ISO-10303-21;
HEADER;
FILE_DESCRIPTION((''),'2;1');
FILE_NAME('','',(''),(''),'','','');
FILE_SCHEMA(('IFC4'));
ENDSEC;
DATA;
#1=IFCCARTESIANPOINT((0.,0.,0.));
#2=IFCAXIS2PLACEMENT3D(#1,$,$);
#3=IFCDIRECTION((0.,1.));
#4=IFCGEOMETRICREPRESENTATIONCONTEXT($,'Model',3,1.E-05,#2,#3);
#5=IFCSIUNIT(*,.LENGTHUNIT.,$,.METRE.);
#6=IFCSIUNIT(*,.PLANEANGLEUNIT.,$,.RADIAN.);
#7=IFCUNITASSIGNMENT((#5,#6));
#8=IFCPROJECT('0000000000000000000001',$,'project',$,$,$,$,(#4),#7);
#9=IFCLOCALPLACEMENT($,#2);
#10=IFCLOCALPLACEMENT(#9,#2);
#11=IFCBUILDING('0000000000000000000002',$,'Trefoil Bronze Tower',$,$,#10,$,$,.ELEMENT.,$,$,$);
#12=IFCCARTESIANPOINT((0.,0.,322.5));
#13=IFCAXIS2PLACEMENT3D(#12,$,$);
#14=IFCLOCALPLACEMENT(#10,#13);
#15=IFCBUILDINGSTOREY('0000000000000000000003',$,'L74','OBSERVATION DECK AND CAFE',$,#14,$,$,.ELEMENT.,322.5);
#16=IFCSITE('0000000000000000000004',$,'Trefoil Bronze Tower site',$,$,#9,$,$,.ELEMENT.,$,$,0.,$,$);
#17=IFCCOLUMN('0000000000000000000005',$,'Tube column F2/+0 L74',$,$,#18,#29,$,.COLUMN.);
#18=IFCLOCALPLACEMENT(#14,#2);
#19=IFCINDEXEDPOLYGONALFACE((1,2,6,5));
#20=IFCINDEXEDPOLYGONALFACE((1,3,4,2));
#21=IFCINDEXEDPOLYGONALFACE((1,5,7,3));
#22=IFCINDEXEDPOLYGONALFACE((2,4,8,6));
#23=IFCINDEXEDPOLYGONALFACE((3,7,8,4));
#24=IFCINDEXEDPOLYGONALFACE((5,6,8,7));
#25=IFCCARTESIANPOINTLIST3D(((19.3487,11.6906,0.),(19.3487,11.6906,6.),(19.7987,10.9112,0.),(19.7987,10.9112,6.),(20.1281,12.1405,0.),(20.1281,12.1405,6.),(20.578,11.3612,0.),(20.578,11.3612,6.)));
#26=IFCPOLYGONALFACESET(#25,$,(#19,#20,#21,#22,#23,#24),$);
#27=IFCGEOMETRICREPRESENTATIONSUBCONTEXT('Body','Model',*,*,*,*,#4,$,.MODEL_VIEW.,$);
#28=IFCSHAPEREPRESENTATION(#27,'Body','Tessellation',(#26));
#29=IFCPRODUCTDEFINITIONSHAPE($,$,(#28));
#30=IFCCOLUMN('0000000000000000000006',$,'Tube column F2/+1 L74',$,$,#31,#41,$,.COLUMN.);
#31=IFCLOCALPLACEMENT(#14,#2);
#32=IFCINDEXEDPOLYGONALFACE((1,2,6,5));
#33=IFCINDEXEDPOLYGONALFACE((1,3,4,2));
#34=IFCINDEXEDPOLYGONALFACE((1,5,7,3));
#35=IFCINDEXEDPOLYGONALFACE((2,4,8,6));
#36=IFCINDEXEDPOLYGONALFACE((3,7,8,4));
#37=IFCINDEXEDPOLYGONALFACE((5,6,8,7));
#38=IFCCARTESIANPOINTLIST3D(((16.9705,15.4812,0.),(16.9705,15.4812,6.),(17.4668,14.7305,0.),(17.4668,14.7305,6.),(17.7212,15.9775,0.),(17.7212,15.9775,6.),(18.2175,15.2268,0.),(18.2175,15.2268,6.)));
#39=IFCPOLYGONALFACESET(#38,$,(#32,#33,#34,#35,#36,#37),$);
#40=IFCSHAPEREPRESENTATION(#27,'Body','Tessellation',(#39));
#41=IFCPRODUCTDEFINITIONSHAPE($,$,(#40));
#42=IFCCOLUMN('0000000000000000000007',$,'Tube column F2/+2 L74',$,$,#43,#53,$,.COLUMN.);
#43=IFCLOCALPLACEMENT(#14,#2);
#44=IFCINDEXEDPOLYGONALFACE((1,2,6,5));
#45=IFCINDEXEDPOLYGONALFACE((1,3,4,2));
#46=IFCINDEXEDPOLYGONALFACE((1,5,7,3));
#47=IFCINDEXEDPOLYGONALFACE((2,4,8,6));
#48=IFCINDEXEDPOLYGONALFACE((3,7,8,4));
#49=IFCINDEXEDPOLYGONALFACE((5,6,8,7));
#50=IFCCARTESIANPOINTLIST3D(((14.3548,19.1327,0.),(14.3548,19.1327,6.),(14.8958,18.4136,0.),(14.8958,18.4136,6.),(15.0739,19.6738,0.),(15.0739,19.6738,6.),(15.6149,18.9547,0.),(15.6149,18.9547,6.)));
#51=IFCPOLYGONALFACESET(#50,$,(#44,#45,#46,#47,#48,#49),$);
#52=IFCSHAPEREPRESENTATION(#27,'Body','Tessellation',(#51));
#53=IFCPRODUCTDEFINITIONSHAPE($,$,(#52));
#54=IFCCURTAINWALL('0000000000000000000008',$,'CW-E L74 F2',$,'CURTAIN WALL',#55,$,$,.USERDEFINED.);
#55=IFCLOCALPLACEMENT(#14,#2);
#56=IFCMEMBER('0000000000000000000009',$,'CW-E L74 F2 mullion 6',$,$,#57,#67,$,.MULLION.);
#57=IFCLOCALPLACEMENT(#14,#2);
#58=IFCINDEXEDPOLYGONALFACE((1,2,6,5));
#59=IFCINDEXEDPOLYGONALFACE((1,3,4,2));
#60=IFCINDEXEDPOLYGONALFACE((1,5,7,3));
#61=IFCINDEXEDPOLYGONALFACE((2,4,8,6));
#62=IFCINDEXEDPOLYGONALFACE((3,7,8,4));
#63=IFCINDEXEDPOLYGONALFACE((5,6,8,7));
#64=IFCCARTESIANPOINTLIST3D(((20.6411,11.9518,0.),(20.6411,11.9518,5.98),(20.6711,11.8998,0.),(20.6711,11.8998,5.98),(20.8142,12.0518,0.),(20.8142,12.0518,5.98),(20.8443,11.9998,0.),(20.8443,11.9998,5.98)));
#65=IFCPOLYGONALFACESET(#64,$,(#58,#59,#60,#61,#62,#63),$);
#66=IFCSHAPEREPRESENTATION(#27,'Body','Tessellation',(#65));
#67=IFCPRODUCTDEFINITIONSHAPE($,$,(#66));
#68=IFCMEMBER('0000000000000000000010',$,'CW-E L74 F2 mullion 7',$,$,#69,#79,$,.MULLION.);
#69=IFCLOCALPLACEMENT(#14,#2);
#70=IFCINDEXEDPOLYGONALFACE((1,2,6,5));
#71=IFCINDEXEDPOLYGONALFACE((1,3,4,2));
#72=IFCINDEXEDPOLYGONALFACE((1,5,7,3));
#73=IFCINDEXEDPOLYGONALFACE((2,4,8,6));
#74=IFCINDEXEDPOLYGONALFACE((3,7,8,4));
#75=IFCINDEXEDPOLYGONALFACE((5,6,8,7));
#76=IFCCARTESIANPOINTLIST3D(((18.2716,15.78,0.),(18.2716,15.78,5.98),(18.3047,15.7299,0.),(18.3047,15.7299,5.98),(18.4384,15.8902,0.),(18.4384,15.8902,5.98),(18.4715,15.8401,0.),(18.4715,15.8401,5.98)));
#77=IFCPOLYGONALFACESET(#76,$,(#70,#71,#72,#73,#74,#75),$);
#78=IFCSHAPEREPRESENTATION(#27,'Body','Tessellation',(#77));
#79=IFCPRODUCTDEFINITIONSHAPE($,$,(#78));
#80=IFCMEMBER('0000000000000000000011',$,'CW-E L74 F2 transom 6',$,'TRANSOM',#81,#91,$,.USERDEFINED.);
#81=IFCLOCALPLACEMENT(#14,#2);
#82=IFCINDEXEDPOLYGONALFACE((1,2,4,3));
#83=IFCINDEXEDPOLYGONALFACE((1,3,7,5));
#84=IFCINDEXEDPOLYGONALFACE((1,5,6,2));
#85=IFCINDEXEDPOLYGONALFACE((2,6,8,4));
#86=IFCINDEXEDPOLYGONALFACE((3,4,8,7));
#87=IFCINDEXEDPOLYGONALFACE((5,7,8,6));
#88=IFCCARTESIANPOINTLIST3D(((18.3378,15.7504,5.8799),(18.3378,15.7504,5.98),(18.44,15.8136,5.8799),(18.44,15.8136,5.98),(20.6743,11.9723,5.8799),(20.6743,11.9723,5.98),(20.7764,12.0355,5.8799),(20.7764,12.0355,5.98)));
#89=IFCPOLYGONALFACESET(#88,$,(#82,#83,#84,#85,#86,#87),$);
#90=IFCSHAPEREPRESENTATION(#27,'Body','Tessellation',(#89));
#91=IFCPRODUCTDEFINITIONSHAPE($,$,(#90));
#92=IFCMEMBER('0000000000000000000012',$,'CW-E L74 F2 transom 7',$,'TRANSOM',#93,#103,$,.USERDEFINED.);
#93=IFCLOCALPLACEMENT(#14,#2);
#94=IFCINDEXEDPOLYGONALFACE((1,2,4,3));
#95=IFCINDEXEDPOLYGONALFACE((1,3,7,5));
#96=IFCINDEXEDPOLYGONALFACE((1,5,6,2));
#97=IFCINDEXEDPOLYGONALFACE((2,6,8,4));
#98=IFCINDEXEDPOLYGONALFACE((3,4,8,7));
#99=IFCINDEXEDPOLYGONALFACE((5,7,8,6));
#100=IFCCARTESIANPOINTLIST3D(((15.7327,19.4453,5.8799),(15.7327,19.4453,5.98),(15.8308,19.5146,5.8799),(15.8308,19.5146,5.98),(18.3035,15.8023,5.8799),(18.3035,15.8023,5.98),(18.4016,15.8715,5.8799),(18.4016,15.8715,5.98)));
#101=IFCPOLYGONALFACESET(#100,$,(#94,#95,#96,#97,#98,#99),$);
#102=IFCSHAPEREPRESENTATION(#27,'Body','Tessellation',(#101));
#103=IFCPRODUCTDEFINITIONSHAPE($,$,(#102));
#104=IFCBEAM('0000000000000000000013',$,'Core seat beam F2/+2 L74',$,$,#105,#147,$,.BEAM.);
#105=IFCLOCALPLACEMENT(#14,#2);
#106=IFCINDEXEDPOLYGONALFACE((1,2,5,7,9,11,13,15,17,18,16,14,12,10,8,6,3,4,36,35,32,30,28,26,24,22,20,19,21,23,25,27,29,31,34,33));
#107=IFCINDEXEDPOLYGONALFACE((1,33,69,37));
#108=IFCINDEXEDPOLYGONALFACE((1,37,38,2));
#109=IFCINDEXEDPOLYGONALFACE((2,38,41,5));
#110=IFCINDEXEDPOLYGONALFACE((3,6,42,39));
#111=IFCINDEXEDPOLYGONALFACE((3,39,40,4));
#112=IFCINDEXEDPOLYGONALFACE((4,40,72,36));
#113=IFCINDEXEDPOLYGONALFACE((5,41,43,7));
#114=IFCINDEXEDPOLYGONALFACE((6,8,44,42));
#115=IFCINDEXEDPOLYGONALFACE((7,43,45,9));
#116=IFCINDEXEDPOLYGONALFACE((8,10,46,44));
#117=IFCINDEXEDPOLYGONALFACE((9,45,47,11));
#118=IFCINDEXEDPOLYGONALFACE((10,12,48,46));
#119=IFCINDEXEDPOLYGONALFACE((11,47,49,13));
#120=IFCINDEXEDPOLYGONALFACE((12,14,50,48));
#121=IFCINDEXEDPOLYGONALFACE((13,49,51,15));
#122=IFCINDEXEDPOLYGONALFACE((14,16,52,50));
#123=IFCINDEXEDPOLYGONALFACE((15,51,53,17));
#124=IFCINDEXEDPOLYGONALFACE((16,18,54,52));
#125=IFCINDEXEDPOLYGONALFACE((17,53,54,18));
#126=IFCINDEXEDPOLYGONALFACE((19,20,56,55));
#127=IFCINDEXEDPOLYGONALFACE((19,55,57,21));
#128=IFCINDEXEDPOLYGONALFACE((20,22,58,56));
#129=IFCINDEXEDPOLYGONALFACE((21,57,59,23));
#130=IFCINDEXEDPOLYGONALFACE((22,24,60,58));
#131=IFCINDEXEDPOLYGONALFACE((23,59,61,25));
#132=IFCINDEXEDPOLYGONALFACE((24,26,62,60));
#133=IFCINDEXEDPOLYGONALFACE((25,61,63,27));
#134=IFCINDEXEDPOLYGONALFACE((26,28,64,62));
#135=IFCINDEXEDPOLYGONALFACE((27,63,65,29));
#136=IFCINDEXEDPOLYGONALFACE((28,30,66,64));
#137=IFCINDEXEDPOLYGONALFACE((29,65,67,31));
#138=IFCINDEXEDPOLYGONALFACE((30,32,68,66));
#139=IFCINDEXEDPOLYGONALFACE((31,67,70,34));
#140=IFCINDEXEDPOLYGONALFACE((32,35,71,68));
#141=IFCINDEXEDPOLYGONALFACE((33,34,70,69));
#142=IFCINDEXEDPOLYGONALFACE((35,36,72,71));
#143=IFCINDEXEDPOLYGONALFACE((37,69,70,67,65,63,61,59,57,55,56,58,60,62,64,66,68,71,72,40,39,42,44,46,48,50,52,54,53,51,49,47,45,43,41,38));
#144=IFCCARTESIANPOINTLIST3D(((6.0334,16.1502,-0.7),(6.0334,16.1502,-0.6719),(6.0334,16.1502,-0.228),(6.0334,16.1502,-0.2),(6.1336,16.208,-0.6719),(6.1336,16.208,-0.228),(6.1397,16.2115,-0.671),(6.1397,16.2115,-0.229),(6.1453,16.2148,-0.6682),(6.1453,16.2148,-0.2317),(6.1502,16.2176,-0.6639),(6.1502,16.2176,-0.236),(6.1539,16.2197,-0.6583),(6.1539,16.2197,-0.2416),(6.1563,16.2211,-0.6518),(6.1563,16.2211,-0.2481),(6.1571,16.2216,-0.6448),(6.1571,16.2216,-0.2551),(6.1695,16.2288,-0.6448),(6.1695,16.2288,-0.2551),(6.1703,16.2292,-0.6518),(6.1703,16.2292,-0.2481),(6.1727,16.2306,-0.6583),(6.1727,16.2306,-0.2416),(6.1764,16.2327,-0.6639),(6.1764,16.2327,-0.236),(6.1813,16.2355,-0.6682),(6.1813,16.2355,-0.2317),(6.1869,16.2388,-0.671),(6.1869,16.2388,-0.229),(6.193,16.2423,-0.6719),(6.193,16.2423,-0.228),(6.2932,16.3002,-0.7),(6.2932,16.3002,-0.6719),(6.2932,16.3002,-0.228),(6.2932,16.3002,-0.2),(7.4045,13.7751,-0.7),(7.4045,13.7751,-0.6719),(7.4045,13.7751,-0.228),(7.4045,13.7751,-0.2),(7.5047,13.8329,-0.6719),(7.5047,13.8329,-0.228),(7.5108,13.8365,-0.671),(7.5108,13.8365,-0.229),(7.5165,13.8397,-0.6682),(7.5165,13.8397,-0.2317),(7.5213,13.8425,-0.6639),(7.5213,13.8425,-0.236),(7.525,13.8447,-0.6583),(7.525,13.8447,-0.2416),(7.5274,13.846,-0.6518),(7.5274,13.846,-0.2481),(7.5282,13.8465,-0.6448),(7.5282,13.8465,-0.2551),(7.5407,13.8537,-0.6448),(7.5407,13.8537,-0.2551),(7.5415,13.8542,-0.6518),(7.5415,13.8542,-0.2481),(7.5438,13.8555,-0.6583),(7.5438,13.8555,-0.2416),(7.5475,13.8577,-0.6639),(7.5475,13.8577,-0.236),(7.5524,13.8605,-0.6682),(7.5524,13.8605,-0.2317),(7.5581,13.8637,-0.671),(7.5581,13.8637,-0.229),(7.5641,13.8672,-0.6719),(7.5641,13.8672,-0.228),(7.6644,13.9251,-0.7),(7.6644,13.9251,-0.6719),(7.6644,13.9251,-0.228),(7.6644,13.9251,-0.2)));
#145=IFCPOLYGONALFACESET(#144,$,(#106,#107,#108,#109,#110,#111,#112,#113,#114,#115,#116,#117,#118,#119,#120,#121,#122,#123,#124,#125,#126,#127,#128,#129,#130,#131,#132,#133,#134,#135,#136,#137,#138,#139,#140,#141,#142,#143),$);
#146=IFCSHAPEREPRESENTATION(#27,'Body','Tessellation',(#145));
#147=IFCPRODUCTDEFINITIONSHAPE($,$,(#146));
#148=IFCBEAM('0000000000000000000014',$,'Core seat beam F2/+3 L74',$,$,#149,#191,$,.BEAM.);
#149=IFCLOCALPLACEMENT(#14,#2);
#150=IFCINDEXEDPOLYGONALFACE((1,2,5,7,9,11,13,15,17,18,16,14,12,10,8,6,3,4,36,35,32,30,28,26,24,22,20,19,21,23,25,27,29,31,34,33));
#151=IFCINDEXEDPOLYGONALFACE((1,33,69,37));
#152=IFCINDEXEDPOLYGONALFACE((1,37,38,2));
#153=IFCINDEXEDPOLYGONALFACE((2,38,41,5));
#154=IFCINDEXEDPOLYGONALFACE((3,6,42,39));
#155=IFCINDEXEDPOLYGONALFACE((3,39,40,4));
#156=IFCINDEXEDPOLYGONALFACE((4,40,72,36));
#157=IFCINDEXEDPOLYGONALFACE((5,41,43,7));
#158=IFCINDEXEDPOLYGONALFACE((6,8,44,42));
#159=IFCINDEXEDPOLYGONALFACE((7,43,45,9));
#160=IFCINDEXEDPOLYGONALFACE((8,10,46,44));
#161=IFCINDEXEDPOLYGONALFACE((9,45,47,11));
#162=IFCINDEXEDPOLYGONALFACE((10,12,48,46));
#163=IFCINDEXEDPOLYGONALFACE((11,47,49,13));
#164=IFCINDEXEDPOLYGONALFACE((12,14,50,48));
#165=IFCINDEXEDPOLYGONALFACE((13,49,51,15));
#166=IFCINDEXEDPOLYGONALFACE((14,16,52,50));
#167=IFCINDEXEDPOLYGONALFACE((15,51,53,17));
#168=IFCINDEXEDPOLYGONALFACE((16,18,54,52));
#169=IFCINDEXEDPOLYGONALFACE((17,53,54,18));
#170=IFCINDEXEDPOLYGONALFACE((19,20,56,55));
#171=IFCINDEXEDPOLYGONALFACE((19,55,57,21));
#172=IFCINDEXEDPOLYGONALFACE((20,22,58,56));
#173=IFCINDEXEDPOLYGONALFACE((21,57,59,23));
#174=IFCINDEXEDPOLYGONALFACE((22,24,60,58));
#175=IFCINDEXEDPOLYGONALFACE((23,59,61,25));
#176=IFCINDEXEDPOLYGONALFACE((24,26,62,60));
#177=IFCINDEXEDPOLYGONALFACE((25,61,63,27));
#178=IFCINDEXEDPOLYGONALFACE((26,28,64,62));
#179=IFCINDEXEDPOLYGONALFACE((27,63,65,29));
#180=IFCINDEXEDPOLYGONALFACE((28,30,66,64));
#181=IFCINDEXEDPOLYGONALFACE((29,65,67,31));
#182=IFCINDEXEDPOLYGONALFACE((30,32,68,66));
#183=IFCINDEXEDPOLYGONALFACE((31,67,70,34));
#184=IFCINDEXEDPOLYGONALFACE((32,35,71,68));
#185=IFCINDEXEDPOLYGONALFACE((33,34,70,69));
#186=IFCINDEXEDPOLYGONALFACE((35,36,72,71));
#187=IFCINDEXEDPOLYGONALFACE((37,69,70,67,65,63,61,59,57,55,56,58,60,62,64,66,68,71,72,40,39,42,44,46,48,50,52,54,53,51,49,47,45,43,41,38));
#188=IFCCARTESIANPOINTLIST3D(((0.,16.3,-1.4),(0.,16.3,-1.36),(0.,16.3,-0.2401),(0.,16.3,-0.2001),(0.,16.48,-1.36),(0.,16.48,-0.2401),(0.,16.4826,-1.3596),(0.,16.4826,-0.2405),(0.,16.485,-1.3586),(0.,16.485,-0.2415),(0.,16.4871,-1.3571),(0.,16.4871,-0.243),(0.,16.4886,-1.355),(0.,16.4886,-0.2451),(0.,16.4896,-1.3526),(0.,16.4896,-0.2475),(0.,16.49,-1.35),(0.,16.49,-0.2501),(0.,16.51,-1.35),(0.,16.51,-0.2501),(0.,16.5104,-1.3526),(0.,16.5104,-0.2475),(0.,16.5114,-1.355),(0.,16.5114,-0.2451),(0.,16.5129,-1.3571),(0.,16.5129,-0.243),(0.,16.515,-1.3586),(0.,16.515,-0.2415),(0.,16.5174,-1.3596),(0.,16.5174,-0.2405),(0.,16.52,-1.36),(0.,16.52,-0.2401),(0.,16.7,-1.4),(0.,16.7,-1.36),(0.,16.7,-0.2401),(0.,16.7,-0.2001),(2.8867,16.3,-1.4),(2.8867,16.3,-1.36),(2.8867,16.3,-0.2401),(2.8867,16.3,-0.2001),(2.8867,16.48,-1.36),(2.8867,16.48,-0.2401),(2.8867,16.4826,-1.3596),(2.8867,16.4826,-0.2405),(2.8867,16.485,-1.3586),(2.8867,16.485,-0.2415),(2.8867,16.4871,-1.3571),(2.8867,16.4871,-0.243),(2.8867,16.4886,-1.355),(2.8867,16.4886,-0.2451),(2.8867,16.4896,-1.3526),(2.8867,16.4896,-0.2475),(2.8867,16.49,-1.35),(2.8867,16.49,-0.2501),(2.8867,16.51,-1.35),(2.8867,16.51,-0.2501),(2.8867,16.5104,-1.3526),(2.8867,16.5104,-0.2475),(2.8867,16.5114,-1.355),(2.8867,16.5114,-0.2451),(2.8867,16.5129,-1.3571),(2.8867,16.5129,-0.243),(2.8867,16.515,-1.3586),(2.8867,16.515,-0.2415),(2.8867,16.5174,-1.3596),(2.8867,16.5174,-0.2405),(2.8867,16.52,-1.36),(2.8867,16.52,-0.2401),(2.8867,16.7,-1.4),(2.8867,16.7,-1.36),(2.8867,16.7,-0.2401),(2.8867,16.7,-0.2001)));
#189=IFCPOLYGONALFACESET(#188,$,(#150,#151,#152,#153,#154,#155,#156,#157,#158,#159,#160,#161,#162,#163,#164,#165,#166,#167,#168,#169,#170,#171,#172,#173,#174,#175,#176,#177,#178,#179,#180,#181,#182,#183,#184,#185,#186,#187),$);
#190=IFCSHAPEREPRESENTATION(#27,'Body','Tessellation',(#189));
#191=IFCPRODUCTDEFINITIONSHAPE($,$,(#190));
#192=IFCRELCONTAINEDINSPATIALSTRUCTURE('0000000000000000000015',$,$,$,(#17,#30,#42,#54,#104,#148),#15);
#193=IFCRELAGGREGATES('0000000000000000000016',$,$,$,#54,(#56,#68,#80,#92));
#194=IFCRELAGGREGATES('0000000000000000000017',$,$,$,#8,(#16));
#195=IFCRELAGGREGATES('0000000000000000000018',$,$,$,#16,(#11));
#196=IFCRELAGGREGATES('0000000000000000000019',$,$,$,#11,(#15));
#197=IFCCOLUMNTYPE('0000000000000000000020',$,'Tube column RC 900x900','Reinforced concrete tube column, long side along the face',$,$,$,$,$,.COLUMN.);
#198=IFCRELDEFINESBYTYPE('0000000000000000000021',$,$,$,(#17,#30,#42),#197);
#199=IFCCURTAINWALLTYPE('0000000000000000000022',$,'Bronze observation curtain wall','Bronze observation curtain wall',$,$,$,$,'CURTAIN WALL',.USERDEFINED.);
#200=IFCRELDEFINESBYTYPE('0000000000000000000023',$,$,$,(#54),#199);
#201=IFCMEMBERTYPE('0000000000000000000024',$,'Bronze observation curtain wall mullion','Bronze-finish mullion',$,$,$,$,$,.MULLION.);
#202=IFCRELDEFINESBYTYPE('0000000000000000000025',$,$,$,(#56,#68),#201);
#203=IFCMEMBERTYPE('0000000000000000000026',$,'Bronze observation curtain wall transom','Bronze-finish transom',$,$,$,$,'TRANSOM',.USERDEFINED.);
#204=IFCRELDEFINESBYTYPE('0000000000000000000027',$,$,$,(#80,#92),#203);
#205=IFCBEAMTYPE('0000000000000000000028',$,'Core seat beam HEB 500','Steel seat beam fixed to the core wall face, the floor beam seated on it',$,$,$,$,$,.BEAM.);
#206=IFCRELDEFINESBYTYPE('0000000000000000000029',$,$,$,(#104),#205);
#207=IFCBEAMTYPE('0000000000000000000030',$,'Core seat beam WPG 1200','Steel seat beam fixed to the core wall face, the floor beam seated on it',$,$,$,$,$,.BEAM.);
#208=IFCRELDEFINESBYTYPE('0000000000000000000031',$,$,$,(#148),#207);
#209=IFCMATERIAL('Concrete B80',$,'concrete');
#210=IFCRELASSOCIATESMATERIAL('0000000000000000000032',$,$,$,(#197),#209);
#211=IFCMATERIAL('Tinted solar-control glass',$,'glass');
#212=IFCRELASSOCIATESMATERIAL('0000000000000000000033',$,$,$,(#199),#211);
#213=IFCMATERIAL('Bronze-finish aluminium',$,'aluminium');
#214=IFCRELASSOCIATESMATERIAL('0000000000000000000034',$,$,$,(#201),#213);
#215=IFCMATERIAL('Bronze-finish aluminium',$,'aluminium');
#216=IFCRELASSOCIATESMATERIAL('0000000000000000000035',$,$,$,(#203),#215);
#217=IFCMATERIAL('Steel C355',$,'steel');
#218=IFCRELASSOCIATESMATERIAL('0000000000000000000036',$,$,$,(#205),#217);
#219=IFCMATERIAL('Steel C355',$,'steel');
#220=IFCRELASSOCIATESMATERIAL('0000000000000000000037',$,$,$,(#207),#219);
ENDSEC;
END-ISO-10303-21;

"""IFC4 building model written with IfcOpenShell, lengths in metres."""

from ifc_helpers import new_model, si_unit, direction, frame, origin, origin_2d, place, context, subcontext, project, spatial, rectangle, i_section, extrude, material, material_profile, profile_set, type_object, element, aggregate, save


model = new_model("IFC4")

# Units and contexts
model_context = context("Model", 3, precision=1e-05, world=origin(), true_north=direction((0.0, 1.0)))
body_context = subcontext(model_context, "Body", "Model", "MODEL_VIEW")
ifc_project = project(units=[si_unit("LENGTHUNIT", "METRE"), si_unit("PLANEANGLEUNIT", "RADIAN")], contexts=[model_context])

# Site, building, storey
site_placement = place(None, origin())
site = spatial("IfcSite", under=ifc_project, at=site_placement, Name="Trefoil Bronze Tower site", CompositionType="ELEMENT", RefElevation=0.0)
building_placement = place(site_placement, origin())
building = spatial("IfcBuilding", under=site, at=building_placement, Name="Trefoil Bronze Tower", CompositionType="ELEMENT")
storey_placement = place(building_placement, frame((0.0, 0.0, 322.5)))
storey = spatial("IfcBuildingStorey", under=building, at=storey_placement, Name="L74", Description="OBSERVATION DECK AND CAFE", CompositionType="ELEMENT", Elevation=322.5)

# Columns
ifc_material_1 = material(Name="Concrete B80", Category="concrete")
ifc_material_profile_1 = material_profile(ifc_material_1, rectangle(XDim=0.8999, YDim=0.8999, at=origin_2d()), Name="RC 900x900")
ifc_profile_set_1 = profile_set([ifc_material_profile_1], Name="Concrete B80")
column_type = type_object("IfcColumnType", Name="Tube column RC 900x900", Description="Reinforced concrete tube column, long side along the face", PredefinedType="COLUMN", material=ifc_profile_set_1)
for number, where, z_axis, x_axis, name in (
    (1, (19.9634, 11.5259, 0.0), (0.0, 0.0, 1.0), (-0.5, 0.866025, 0.0), "Tube column F2/+0 L74"),
    (2, (17.594, 15.354, 0.0), (0.0, 0.0, 1.0), (-0.551524, 0.834159, 0.0), "Tube column F2/+1 L74"),
    (3, (14.9849, 19.0437, 0.0), (0.0, 0.0, 1.0), (-0.601203, 0.799096, 0.0), "Tube column F2/+2 L74"),
):
    element("IfcColumn", number, at=place(storey_placement, frame(where, z_axis=z_axis, x_axis=x_axis)), inside=storey, type_object=column_type, Name=name, PredefinedType="COLUMN", context=body_context, shape_type="SweptSolid", body=[
        extrude(rectangle(XDim=0.8999, YDim=0.8999, at=origin_2d()), origin(), (0.0, 0.0, 1.0), 6.0),
    ])

# Curtain wall, members
ifc_material_2 = material(Name="Tinted solar-control glass", Category="glass")
curtain_wall_type = type_object("IfcCurtainWallType", Name="Bronze observation curtain wall", Description="Bronze observation curtain wall", ElementType="CURTAIN WALL", PredefinedType="USERDEFINED", material=ifc_material_2)
curtain_wall_placement = place(storey_placement, origin())
curtain_wall = element("IfcCurtainWall", 4, at=curtain_wall_placement, inside=storey, type_object=curtain_wall_type, Name="CW-E L74 F2", ObjectType="CURTAIN WALL", PredefinedType="USERDEFINED")
ifc_material_3 = material(Name="Bronze-finish aluminium", Category="aluminium")
ifc_material_profile_2 = material_profile(ifc_material_3, rectangle(XDim=0.2, YDim=0.0601, at=origin_2d()), Name="CW-E mullion")
ifc_profile_set_2 = profile_set([ifc_material_profile_2], Name="Bronze-finish aluminium")
member_type_1 = type_object("IfcMemberType", Name="Bronze observation curtain wall mullion", Description="Bronze-finish mullion", PredefinedType="MULLION", material=ifc_profile_set_2)
member_1_placement = place(storey_placement, frame((20.7427, 11.9758, 0.0), z_axis=(0.0, 0.0, 1.0), x_axis=(-0.866025, -0.5, 0.0)))
member_1 = element("IfcMember", 5, at=member_1_placement, type_object=member_type_1, Name="CW-E L74 F2 mullion 6", PredefinedType="MULLION", context=body_context, shape_type="SweptSolid", body=[
    extrude(rectangle(XDim=0.2, YDim=0.0601, at=origin_2d()), origin(), (0.0, 0.0, 1.0), 5.98),
])
member_2_placement = place(storey_placement, frame((18.3716, 15.8101, 0.0), z_axis=(0.0, 0.0, 1.0), x_axis=(-0.834159, -0.551524, 0.0)))
member_2 = element("IfcMember", 6, at=member_2_placement, type_object=member_type_1, Name="CW-E L74 F2 mullion 7", PredefinedType="MULLION", context=body_context, shape_type="SweptSolid", body=[
    extrude(rectangle(XDim=0.2, YDim=0.0601, at=origin_2d()), origin(), (0.0, 0.0, 1.0), 5.98),
])
ifc_material_4 = material(Name="Bronze-finish aluminium", Category="aluminium")
ifc_material_profile_3 = material_profile(ifc_material_4, rectangle(XDim=0.1201, YDim=0.1001, at=origin_2d()), Name="CW-E transom")
ifc_profile_set_3 = profile_set([ifc_material_profile_3], Name="Bronze-finish aluminium")
member_type_2 = type_object("IfcMemberType", Name="Bronze observation curtain wall transom", Description="Bronze-finish transom", ElementType="TRANSOM", PredefinedType="USERDEFINED", material=ifc_profile_set_3)
member_3_placement = place(storey_placement, frame((20.7253, 12.0039, 5.9299), z_axis=(-0.525967, 0.850505, 0.0), x_axis=(-0.850505, -0.525967, 0.0)))
member_3 = element("IfcMember", 7, at=member_3_placement, type_object=member_type_2, Name="CW-E L74 F2 transom 6", ObjectType="TRANSOM", PredefinedType="USERDEFINED", context=body_context, shape_type="SweptSolid", body=[
    extrude(rectangle(XDim=0.1201, YDim=0.1001, at=origin_2d()), origin(), (0.0, 0.0, 1.0), 4.4421),
])
member_4_placement = place(storey_placement, frame((18.3525, 15.8369, 5.9299), z_axis=(-0.576567, 0.81705, 0.0), x_axis=(-0.81705, -0.576567, 0.0)))
member_4 = element("IfcMember", 8, at=member_4_placement, type_object=member_type_2, Name="CW-E L74 F2 transom 7", ObjectType="TRANSOM", PredefinedType="USERDEFINED", context=body_context, shape_type="SweptSolid", body=[
    extrude(rectangle(XDim=0.1201, YDim=0.1001, at=origin_2d()), origin(), (0.0, 0.0, 1.0), 4.4587),
])

# Beams
ifc_material_5 = material(Name="Steel C355", Category="steel")
ifc_material_profile_4 = material_profile(ifc_material_5, i_section(OverallWidth=0.3, OverallDepth=0.5, WebThickness=0.0144, FlangeThickness=0.0281, FilletRadius=0.0271, at=origin_2d()), Name="HEB 500")
ifc_profile_set_4 = profile_set([ifc_material_profile_4], Name="Steel C355")
beam_type_1 = type_object("IfcBeamType", Name="Core seat beam HEB 500", Description="Steel seat beam fixed to the core wall face, the floor beam seated on it", PredefinedType="BEAM", material=ifc_profile_set_4)
beam_1_placement = place(storey_placement, frame((7.5344, 13.8501, -0.45), z_axis=(-0.499969, 0.866043, 0.0), x_axis=(-0.866043, -0.499969, 0.0)))
element("IfcBeam", 9, at=beam_1_placement, inside=storey, type_object=beam_type_1, Name="Core seat beam F2/+2 L74", PredefinedType="BEAM", context=body_context, shape_type="SweptSolid", body=[
    extrude(i_section(OverallWidth=0.3, OverallDepth=0.5, WebThickness=0.0144, FlangeThickness=0.0281, FilletRadius=0.0271, at=origin_2d()), origin(), (0.0, 0.0, 1.0), 2.7424),
])
ifc_material_6 = material(Name="Steel C355", Category="steel")
ifc_material_profile_5 = material_profile(ifc_material_6, i_section(OverallWidth=0.3999, OverallDepth=1.2, WebThickness=0.02, FlangeThickness=0.04, FilletRadius=0.01, at=origin_2d()), Name="WPG 1200")
ifc_profile_set_5 = profile_set([ifc_material_profile_5], Name="Steel C355")
beam_type_2 = type_object("IfcBeamType", Name="Core seat beam WPG 1200", Description="Steel seat beam fixed to the core wall face, the floor beam seated on it", PredefinedType="BEAM", material=ifc_profile_set_5)
beam_2_placement = place(storey_placement, frame((2.8867, 16.5, -0.8), z_axis=(-1.0, 0.0, 0.0), x_axis=(0.0, -1.0, 0.0)))
element("IfcBeam", 10, at=beam_2_placement, inside=storey, type_object=beam_type_2, Name="Core seat beam F2/+3 L74", PredefinedType="BEAM", context=body_context, shape_type="SweptSolid", body=[
    extrude(i_section(OverallWidth=0.3999, OverallDepth=1.2, WebThickness=0.02, FlangeThickness=0.04, FilletRadius=0.01, at=origin_2d()), origin(), (0.0, 0.0, 1.0), 2.8867),
])

aggregate(curtain_wall, [member_1, member_2, member_3, member_4])

save(model, "model.ifc")
